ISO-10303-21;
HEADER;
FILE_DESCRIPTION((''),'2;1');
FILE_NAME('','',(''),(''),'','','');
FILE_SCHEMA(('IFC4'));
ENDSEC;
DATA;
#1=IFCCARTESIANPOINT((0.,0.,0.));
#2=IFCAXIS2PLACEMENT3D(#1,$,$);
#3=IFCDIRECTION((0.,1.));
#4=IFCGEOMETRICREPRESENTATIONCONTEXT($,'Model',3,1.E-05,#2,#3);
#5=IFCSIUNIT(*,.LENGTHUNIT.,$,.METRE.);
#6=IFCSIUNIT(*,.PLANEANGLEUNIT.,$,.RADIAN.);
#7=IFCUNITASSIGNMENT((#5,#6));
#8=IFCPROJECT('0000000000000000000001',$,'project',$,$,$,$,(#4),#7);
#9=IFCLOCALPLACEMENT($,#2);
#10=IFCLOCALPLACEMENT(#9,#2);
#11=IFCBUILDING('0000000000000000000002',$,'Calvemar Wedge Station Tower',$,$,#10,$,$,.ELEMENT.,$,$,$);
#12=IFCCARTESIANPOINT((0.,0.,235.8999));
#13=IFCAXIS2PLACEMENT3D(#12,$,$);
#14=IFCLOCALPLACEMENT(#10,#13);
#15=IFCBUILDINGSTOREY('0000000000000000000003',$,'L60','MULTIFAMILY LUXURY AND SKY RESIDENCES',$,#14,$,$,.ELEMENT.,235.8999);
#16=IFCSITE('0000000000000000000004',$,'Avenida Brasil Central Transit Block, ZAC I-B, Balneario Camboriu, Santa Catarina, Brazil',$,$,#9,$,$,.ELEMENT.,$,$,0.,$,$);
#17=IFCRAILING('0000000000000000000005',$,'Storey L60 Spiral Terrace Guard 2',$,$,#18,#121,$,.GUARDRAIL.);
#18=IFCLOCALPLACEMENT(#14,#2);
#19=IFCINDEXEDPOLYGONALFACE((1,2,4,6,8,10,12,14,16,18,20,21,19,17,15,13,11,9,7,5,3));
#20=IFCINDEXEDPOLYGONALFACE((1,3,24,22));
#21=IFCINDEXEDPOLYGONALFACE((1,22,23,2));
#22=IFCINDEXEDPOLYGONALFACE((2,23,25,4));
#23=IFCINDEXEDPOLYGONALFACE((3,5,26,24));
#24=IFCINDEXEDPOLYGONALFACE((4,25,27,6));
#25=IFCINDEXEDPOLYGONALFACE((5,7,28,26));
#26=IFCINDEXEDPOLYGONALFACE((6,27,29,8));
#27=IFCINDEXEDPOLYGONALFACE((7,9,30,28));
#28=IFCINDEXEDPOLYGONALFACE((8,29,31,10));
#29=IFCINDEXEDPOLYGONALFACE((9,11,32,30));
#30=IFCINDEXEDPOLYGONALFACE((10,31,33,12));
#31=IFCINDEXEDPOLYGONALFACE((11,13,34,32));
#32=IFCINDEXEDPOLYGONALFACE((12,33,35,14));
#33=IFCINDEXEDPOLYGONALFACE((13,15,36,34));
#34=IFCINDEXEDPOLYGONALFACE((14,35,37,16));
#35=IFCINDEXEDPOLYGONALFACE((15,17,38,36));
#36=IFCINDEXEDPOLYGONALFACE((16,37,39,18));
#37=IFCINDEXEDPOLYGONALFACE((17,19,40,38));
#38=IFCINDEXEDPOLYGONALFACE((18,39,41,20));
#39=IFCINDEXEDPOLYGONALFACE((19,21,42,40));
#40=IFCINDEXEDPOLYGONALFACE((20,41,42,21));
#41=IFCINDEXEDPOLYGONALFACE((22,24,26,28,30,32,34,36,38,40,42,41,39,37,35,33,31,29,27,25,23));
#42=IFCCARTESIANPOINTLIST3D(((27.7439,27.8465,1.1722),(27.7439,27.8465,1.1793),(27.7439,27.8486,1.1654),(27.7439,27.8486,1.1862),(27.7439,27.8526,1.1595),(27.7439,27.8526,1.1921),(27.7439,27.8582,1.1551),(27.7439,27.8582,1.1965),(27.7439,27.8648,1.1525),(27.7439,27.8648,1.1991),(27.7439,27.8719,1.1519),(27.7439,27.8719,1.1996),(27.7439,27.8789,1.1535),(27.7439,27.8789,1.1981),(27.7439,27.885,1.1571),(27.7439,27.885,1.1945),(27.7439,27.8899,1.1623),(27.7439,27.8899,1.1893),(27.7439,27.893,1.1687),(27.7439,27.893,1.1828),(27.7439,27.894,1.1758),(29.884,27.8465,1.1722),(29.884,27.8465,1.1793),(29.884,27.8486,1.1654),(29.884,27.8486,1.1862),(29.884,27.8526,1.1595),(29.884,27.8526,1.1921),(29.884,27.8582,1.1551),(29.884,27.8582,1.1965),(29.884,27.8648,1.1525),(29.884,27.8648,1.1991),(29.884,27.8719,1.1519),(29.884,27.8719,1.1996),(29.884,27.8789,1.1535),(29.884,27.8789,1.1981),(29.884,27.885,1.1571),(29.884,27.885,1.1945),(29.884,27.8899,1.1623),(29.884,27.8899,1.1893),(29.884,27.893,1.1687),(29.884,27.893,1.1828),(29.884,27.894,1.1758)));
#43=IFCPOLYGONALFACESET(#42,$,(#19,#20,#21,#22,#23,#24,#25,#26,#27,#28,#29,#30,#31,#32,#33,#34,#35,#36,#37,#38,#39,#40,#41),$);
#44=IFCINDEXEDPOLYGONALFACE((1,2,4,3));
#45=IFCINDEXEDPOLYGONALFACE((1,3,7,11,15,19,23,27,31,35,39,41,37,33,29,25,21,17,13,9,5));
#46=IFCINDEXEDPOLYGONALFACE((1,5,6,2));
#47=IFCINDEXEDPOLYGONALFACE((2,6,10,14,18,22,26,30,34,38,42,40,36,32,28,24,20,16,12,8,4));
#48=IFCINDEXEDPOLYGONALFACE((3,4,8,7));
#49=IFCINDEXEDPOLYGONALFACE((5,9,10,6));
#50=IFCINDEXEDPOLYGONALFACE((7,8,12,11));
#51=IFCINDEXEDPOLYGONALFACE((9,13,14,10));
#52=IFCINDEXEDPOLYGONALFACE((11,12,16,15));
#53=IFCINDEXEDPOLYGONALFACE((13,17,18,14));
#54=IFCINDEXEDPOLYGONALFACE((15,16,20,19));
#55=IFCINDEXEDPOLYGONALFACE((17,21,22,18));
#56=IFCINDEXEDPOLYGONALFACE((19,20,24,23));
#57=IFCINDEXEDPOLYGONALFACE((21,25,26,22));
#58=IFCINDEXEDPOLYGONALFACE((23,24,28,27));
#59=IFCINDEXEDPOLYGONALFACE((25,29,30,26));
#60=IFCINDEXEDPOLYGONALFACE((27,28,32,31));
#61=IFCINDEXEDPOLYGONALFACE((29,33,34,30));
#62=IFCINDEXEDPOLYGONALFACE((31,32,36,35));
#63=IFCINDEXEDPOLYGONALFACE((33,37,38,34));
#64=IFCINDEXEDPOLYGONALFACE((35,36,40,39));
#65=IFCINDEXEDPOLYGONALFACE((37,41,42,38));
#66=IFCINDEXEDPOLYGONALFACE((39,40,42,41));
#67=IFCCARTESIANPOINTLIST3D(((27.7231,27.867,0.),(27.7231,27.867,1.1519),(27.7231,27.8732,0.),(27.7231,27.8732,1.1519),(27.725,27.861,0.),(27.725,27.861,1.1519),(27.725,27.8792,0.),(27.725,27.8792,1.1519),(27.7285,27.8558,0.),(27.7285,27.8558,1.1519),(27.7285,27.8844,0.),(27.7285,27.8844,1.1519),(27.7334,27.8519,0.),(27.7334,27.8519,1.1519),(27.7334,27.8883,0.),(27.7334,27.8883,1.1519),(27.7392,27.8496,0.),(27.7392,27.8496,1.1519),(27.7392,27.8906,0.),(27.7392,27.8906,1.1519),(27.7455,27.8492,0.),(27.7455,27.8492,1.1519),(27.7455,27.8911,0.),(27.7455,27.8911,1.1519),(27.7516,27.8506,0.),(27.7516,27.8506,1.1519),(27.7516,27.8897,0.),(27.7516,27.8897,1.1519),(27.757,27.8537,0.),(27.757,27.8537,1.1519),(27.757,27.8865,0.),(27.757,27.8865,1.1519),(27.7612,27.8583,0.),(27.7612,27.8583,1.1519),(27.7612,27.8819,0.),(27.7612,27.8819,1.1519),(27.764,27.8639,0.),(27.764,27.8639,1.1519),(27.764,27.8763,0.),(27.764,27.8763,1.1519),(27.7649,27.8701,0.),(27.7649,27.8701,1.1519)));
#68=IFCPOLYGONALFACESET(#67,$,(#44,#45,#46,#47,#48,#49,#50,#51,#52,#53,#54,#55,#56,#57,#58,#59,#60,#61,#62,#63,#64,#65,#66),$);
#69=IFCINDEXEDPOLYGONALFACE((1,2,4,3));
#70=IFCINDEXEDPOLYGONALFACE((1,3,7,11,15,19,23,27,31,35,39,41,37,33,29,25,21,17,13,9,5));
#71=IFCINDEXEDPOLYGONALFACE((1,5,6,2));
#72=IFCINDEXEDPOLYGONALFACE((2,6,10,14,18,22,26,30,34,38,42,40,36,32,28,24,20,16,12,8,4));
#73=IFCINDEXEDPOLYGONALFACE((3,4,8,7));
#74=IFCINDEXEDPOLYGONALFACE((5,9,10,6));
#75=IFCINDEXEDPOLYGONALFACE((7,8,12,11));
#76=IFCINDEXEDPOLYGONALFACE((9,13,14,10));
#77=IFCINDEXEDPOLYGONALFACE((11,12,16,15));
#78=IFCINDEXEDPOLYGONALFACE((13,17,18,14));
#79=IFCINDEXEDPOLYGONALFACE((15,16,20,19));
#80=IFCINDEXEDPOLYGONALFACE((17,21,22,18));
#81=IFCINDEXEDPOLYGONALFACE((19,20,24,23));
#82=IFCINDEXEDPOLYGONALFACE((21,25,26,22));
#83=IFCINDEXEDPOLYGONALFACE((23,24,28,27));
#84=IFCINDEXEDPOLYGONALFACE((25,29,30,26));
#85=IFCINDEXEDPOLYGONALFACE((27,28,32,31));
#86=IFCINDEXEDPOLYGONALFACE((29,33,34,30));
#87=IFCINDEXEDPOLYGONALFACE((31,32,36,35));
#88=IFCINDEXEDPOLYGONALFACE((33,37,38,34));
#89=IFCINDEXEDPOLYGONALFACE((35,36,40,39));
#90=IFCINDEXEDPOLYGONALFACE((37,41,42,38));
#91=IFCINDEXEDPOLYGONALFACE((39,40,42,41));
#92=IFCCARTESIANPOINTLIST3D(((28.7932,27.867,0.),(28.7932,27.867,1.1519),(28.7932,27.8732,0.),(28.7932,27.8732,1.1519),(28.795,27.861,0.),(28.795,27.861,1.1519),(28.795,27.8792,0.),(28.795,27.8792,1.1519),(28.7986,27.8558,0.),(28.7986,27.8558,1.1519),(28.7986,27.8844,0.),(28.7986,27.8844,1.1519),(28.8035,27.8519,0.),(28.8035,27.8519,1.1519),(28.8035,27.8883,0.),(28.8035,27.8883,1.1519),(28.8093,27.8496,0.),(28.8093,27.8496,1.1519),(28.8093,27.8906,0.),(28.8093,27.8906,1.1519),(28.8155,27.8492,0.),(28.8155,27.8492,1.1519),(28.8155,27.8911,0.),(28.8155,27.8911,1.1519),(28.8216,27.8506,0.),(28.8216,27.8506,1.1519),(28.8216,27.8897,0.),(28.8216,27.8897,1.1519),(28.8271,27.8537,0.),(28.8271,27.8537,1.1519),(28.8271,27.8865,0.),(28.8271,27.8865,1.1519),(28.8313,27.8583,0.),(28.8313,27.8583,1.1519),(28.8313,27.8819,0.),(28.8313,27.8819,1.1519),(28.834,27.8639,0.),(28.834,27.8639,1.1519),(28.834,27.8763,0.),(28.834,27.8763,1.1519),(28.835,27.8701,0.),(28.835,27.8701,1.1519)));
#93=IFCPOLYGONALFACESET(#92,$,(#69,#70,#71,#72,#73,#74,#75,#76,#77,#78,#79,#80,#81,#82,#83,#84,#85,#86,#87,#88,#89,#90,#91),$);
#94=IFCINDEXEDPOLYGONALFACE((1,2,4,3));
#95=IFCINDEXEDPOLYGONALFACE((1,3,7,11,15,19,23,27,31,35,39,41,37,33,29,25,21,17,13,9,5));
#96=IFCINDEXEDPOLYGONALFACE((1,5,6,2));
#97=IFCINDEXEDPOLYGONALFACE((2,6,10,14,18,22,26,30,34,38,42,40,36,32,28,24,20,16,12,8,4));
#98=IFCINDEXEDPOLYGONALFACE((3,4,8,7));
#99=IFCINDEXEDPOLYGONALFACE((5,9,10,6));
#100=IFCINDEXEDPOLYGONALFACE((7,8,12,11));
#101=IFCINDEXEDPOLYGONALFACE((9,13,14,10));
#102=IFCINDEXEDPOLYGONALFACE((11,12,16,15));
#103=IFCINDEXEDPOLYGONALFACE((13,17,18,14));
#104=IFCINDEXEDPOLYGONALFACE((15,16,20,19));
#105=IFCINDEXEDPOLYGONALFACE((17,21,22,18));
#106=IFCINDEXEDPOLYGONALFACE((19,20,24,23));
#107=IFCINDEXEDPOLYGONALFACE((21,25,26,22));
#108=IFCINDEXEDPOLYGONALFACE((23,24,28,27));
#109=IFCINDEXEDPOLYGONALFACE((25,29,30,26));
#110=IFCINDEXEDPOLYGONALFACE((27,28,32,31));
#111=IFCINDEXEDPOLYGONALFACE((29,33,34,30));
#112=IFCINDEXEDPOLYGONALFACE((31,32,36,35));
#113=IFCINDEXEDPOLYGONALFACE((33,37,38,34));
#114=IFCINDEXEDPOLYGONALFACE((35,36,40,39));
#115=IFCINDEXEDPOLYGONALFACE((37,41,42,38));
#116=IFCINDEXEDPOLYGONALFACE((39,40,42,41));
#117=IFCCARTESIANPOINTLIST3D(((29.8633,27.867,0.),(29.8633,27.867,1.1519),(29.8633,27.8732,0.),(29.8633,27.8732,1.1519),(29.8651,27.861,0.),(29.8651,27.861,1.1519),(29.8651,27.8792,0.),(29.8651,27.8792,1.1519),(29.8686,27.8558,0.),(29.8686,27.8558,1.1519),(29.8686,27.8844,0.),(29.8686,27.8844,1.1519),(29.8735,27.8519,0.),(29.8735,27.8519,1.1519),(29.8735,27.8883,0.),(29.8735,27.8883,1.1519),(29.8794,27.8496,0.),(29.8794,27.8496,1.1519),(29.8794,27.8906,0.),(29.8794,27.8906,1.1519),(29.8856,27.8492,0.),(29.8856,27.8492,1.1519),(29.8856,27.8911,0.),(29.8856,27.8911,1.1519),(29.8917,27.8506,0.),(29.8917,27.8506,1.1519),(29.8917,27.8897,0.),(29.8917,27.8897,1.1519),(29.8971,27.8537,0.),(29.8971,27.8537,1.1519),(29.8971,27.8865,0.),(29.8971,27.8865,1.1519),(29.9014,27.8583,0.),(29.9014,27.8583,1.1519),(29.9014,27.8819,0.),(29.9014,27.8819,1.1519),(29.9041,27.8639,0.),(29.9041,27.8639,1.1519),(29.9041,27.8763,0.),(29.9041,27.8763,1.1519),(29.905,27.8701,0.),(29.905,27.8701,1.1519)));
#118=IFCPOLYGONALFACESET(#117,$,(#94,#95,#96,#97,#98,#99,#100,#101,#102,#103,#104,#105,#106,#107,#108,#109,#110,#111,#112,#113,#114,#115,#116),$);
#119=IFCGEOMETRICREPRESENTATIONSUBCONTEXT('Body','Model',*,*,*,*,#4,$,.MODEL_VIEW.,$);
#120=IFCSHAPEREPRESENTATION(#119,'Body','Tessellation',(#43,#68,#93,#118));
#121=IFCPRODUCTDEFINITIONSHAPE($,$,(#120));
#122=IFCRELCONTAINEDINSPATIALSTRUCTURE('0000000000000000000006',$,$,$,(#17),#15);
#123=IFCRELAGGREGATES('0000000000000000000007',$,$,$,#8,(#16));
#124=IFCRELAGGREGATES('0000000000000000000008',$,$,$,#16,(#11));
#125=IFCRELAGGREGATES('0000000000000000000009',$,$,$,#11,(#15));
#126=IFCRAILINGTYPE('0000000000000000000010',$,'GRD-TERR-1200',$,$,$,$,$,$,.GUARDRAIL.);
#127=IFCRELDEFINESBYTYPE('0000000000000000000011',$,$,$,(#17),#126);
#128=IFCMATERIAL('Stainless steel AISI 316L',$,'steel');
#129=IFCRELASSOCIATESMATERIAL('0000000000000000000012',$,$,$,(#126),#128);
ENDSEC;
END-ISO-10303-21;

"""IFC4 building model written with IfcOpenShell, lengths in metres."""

from ifc_helpers import new_model, si_unit, direction, frame, origin, origin_2d, place, context, subcontext, project, spatial, circle, extrude, material, type_object, element, save


model = new_model("IFC4")

# Units and contexts
model_context = context("Model", 3, precision=1e-05, world=origin(), true_north=direction((0.0, 1.0)))
body_context = subcontext(model_context, "Body", "Model", "MODEL_VIEW")
ifc_project = project(units=[si_unit("LENGTHUNIT", "METRE"), si_unit("PLANEANGLEUNIT", "RADIAN")], contexts=[model_context])

# Site, building, storey
site_placement = place(None, origin())
site = spatial("IfcSite", under=ifc_project, at=site_placement, Name="Avenida Brasil Central Transit Block, ZAC I-B, Balneario Camboriu, Santa Catarina, Brazil", CompositionType="ELEMENT", RefElevation=0.0)
building_placement = place(site_placement, origin())
building = spatial("IfcBuilding", under=site, at=building_placement, Name="Calvemar Wedge Station Tower", CompositionType="ELEMENT")
storey_placement = place(building_placement, frame((0.0, 0.0, 235.8999)))
storey = spatial("IfcBuildingStorey", under=building, at=storey_placement, Name="L60", Description="MULTIFAMILY LUXURY AND SKY RESIDENCES", CompositionType="ELEMENT", Elevation=235.8999)

# Railing
ifc_material_1 = material(Name="Stainless steel AISI 316L", Category="steel")
railing_type = type_object("IfcRailingType", Name="GRD-TERR-1200", PredefinedType="GUARDRAIL", material=ifc_material_1)
railing_1_placement = place(storey_placement, frame((27.7439, 27.8701, 0.0)))
element("IfcRailing", 1, at=railing_1_placement, inside=storey, type_object=railing_type, Name="Storey L60 Spiral Terrace Guard 2", PredefinedType="GUARDRAIL", context=body_context, shape_type="SweptSolid", body=[
    extrude(circle(Radius=0.0239, at=origin_2d()), frame((0.0, 0.0, 1.1758), z_axis=(1.0, 0.0, 0.0), x_axis=(0.0, 1.0, 0.0)), (0.0, 0.0, 1.0), 2.1401),
    extrude(circle(Radius=0.021, at=origin_2d()), origin(), (0.0, 0.0, 1.0), 1.1519),
    extrude(circle(Radius=0.021, at=origin_2d()), frame((1.0701, 0.0, 0.0)), (0.0, 0.0, 1.0), 1.1519),
    extrude(circle(Radius=0.021, at=origin_2d()), frame((2.1401, 0.0, 0.0)), (0.0, 0.0, 1.0), 1.1519),
])

save(model, "model.ifc")
